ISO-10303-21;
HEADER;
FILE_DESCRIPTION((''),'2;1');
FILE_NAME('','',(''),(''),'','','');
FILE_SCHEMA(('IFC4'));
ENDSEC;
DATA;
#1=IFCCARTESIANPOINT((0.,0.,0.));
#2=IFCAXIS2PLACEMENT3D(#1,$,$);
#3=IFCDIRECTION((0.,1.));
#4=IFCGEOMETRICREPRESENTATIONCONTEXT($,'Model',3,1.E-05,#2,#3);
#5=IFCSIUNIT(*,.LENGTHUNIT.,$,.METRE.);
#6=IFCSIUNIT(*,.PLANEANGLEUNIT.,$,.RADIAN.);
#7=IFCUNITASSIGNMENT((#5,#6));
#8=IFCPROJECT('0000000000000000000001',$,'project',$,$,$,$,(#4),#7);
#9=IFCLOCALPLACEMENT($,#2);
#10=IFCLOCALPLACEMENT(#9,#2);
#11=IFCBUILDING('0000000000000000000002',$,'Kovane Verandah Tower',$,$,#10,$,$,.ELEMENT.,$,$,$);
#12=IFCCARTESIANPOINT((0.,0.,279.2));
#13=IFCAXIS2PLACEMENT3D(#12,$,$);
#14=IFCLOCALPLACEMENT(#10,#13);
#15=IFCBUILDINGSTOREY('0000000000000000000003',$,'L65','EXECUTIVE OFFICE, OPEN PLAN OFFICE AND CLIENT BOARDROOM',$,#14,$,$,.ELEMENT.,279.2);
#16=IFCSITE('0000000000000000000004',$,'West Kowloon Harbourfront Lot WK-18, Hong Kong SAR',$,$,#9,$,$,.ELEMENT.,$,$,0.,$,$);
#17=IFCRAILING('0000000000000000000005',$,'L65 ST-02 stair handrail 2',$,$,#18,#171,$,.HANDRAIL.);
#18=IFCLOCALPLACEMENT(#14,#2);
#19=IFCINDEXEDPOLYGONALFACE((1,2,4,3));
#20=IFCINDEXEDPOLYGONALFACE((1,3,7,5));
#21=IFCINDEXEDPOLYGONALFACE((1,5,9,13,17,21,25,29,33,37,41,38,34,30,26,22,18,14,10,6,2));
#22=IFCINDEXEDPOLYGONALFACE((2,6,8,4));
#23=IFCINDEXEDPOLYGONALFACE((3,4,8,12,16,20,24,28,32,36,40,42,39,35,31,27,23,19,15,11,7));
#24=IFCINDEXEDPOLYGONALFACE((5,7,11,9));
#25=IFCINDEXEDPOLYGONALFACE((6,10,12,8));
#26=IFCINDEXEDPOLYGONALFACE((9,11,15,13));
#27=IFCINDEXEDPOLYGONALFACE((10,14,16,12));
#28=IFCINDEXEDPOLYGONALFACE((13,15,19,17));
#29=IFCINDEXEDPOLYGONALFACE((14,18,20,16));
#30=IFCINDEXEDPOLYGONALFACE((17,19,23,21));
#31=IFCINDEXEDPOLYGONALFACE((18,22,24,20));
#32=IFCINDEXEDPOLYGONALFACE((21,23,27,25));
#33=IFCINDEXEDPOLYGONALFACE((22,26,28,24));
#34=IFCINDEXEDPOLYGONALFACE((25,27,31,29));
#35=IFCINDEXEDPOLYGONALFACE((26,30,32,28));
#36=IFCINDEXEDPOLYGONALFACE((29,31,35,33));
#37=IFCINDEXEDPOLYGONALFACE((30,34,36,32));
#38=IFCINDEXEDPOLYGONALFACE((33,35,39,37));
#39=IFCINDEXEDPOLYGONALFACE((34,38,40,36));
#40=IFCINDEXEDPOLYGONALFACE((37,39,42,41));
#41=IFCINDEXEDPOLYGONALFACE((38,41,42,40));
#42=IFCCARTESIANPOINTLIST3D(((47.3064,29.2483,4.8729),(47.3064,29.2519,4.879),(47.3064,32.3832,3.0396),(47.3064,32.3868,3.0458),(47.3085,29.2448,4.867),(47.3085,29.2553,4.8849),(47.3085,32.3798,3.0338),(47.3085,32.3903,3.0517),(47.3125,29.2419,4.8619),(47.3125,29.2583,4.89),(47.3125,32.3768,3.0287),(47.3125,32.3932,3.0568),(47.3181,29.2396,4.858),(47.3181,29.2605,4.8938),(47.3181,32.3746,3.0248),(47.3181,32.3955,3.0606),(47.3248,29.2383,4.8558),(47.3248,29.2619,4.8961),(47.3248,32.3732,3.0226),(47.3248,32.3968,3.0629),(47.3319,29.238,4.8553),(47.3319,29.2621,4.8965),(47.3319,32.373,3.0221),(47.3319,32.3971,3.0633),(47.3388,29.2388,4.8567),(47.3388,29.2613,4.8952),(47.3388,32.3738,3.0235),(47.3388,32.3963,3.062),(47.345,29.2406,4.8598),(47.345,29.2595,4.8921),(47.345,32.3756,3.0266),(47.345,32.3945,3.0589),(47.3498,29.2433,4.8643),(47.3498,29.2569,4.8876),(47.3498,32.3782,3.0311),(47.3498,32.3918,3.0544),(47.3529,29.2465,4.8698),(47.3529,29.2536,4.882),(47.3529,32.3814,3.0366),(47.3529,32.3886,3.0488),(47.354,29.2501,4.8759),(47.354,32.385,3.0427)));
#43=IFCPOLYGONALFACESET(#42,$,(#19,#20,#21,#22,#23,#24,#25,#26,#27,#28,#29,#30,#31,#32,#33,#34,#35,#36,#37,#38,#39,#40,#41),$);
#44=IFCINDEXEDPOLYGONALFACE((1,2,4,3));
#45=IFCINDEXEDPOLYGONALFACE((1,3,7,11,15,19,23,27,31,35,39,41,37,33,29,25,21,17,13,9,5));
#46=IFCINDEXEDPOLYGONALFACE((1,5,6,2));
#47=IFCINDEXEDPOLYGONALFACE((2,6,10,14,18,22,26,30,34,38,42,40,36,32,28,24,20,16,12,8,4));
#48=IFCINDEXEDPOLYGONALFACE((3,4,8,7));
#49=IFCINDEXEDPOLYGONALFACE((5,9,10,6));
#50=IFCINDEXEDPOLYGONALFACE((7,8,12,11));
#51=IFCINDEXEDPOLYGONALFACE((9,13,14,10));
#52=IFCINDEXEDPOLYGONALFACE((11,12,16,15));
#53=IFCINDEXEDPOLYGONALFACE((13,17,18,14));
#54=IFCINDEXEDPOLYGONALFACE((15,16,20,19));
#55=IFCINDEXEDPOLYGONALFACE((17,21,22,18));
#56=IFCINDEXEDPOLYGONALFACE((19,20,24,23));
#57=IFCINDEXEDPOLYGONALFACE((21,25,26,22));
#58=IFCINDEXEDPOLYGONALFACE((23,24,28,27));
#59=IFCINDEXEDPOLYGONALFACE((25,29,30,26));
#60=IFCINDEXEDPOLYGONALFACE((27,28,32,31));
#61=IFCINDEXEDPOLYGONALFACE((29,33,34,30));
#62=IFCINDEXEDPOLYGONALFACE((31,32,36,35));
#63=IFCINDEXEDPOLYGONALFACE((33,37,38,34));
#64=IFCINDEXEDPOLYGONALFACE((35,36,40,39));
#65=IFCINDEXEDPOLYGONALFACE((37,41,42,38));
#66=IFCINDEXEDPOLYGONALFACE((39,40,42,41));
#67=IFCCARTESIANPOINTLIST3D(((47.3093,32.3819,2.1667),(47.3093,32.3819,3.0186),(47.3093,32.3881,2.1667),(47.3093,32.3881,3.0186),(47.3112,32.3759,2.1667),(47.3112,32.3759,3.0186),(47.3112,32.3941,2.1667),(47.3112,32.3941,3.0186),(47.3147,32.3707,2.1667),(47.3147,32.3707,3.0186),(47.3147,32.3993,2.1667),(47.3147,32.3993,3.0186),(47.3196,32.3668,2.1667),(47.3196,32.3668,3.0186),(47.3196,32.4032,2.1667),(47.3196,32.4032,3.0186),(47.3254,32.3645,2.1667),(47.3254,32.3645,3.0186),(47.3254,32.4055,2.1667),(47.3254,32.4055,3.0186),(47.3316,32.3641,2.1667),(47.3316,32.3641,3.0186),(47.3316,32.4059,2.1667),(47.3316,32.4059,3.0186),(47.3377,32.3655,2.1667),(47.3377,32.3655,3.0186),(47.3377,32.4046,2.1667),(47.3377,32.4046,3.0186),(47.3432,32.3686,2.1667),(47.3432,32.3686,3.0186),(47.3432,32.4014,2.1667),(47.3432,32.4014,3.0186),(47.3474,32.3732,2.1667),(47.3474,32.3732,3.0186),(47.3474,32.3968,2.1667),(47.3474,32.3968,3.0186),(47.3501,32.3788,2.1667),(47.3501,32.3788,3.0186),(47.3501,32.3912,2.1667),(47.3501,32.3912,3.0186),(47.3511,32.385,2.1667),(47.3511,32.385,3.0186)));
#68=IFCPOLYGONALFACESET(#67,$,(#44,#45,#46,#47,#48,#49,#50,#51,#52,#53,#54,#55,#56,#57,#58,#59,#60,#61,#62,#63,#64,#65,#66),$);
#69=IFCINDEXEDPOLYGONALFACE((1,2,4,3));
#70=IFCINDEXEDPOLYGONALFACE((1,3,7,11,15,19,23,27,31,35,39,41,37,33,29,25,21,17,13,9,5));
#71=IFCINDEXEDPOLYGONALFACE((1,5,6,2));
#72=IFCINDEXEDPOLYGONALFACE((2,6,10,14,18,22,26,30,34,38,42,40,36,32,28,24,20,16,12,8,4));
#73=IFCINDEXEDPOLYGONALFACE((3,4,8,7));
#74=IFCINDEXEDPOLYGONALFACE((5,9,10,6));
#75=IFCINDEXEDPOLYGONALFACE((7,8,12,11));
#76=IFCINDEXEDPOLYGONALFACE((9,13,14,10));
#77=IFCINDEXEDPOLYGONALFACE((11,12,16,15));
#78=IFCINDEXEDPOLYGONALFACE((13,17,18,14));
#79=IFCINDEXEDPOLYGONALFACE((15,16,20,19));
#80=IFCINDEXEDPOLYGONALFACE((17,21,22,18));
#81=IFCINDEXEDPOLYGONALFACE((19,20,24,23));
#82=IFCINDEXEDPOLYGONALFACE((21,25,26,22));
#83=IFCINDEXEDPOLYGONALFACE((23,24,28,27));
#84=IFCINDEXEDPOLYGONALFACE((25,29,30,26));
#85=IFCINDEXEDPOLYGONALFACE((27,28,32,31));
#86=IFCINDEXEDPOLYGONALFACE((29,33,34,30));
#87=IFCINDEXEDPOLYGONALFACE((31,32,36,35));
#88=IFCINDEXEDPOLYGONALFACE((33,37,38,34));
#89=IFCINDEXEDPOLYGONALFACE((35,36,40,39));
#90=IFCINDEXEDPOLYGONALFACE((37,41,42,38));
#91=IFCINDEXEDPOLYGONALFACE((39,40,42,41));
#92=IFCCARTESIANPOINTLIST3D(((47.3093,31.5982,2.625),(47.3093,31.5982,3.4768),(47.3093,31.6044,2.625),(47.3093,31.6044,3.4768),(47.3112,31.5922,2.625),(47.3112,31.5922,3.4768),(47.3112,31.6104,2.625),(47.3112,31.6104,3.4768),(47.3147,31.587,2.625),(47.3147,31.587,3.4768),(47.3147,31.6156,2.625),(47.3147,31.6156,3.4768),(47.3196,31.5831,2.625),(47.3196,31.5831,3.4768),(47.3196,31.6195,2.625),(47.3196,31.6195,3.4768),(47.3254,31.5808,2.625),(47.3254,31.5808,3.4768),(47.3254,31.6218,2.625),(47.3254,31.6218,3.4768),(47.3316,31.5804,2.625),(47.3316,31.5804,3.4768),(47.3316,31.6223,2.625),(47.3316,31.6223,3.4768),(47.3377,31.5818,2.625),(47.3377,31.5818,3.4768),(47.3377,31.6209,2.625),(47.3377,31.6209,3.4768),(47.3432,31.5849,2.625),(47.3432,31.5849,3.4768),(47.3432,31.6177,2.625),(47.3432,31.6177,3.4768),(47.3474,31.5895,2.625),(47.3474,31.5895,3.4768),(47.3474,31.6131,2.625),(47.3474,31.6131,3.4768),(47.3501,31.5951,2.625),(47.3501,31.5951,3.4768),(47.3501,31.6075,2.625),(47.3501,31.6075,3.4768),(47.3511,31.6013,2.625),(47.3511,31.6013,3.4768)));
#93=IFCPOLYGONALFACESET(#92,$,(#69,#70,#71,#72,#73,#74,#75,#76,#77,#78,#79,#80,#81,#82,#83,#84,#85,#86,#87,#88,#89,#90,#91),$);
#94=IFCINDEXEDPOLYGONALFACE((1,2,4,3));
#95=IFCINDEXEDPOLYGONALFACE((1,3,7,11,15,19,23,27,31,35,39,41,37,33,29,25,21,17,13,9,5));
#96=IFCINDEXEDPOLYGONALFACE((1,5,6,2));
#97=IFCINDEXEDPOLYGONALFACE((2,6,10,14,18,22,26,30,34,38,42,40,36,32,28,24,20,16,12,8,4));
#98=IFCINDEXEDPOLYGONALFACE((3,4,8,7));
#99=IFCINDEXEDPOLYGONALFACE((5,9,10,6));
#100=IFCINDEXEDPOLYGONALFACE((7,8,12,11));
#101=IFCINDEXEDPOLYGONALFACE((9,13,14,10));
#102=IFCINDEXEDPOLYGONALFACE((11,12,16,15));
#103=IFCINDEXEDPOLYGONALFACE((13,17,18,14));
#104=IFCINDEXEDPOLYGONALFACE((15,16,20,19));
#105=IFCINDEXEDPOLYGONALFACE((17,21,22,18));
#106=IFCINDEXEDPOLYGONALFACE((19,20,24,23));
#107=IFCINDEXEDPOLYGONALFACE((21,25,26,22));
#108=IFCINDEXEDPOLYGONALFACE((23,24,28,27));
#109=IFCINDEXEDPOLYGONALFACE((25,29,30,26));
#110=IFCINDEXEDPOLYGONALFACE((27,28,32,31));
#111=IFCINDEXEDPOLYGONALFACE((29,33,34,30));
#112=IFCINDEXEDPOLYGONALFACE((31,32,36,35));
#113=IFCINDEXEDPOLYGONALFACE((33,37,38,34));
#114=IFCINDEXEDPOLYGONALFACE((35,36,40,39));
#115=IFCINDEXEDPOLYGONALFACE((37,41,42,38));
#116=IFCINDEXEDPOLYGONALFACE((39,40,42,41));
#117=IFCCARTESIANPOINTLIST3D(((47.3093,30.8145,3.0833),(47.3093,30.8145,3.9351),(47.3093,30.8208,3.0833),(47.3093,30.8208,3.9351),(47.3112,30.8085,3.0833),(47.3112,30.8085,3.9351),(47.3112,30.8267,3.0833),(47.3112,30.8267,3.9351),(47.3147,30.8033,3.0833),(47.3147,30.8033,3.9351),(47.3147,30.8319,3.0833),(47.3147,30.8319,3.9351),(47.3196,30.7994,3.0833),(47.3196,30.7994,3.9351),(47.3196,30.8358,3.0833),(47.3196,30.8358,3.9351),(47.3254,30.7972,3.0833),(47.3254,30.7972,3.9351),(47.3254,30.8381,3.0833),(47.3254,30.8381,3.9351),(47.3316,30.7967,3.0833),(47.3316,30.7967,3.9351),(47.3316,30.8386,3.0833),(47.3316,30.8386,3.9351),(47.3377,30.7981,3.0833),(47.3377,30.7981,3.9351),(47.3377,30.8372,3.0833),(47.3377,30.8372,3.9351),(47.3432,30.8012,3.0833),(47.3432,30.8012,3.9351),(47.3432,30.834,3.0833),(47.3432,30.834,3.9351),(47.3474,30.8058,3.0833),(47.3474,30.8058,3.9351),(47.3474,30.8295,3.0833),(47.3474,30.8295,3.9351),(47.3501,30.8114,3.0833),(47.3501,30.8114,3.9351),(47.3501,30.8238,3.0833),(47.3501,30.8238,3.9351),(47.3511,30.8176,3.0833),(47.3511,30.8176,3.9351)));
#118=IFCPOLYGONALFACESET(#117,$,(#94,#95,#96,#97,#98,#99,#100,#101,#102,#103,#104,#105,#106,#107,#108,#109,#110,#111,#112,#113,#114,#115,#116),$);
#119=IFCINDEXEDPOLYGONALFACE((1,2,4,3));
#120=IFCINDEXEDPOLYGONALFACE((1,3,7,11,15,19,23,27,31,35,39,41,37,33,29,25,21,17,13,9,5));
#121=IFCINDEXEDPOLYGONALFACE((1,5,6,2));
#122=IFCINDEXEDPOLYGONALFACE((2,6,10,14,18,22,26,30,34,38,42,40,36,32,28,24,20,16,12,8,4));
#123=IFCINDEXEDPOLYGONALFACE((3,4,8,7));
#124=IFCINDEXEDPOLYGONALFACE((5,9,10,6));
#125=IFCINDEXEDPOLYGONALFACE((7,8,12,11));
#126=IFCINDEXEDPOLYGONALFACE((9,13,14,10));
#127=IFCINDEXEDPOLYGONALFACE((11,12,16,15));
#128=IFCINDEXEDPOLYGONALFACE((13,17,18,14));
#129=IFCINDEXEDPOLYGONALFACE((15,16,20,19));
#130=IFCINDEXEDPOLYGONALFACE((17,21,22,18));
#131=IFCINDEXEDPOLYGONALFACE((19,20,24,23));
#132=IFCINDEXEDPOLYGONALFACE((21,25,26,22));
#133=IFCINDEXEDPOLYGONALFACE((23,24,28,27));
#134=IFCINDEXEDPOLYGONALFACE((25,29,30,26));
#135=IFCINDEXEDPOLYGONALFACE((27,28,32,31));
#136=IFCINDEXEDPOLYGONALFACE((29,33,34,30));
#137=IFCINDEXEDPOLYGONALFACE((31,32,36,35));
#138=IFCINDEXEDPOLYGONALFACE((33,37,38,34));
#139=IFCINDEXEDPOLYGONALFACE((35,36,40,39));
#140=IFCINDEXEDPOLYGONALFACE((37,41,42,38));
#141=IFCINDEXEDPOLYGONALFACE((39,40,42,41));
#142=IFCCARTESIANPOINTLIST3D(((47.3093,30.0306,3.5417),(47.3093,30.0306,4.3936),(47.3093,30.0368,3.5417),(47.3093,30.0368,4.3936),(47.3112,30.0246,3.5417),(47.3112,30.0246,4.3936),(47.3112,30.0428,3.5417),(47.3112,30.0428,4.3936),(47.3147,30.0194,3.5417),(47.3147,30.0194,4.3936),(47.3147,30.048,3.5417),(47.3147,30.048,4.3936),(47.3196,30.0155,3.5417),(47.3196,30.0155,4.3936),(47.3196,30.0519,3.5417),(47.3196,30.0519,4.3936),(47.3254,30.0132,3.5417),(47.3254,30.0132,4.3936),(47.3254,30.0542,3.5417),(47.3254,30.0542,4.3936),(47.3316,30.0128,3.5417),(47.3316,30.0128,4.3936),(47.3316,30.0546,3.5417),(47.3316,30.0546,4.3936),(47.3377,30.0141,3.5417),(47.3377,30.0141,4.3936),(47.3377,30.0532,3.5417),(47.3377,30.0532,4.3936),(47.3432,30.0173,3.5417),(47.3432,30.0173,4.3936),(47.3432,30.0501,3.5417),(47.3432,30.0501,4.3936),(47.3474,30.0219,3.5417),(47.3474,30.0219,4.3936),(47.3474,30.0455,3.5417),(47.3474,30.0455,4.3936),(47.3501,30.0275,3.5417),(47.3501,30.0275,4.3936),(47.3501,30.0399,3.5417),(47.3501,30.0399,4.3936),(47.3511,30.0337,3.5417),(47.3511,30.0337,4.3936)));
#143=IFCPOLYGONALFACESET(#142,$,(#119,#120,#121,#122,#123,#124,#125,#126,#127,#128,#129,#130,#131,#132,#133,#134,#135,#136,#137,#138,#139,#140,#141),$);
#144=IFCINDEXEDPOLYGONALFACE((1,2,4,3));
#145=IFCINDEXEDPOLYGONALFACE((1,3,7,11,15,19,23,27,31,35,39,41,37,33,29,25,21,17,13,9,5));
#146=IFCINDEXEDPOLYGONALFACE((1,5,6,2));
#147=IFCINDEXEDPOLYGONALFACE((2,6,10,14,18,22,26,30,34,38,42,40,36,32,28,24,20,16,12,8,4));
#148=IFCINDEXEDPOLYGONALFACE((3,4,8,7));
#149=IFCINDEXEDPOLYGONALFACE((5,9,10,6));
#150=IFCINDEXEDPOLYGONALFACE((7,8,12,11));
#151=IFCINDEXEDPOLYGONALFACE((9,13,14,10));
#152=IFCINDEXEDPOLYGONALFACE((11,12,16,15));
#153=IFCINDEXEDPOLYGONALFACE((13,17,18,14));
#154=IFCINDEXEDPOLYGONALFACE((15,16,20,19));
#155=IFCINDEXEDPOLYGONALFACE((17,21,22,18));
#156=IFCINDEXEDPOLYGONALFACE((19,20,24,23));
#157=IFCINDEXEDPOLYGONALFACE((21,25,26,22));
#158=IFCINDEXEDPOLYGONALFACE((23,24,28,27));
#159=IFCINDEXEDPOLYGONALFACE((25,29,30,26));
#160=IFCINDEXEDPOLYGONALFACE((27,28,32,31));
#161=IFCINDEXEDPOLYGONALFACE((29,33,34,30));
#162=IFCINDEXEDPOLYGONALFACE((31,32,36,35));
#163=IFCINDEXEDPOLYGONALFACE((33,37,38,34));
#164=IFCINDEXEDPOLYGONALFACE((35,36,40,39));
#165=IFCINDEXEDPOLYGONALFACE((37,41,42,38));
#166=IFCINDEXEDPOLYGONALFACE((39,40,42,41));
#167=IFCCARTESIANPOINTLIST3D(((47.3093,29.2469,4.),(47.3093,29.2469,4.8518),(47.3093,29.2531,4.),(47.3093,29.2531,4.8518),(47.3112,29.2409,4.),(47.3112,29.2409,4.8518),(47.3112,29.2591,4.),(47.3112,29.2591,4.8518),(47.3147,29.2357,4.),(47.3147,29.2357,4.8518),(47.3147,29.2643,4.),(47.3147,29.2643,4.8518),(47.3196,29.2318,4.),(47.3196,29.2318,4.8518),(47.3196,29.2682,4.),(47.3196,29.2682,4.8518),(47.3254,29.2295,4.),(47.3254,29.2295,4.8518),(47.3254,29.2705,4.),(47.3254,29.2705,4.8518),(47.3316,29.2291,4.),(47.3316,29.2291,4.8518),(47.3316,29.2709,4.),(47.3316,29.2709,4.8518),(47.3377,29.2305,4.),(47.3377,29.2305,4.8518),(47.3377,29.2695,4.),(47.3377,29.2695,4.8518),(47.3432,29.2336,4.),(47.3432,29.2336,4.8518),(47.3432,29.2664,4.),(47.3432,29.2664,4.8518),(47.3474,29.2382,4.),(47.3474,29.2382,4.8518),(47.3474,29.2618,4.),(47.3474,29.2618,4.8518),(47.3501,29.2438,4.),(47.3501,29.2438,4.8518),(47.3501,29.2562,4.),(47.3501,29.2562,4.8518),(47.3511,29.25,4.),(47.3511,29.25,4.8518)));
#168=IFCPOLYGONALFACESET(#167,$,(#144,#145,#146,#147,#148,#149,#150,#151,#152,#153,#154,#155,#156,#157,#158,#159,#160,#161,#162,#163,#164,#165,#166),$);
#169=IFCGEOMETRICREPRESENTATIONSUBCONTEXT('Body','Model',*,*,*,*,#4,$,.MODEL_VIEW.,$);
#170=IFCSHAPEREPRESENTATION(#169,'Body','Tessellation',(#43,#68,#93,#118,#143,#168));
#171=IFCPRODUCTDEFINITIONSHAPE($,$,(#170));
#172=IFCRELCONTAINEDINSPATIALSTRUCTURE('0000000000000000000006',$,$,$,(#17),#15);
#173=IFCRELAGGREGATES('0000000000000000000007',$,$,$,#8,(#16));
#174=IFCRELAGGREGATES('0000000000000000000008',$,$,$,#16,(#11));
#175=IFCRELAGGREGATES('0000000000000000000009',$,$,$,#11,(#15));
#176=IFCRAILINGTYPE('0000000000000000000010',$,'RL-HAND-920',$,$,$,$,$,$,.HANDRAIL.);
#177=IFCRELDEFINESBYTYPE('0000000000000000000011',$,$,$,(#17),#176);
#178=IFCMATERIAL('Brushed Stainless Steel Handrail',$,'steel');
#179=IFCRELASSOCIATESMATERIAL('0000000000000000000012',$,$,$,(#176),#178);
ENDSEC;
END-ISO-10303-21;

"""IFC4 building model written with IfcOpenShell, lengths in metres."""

from ifc_helpers import new_model, si_unit, direction, frame, origin, origin_2d, place, context, subcontext, project, spatial, circle, extrude, material, type_object, element, save


model = new_model("IFC4")

# Units and contexts
model_context = context("Model", 3, precision=1e-05, world=origin(), true_north=direction((0.0, 1.0)))
body_context = subcontext(model_context, "Body", "Model", "MODEL_VIEW")
ifc_project = project(units=[si_unit("LENGTHUNIT", "METRE"), si_unit("PLANEANGLEUNIT", "RADIAN")], contexts=[model_context])

# Site, building, storey
site_placement = place(None, origin())
site = spatial("IfcSite", under=ifc_project, at=site_placement, Name="West Kowloon Harbourfront Lot WK-18, Hong Kong SAR", CompositionType="ELEMENT", RefElevation=0.0)
building_placement = place(site_placement, origin())
building = spatial("IfcBuilding", under=site, at=building_placement, Name="Kovane Verandah Tower", CompositionType="ELEMENT")
storey_placement = place(building_placement, frame((0.0, 0.0, 279.2)))
storey = spatial("IfcBuildingStorey", under=building, at=storey_placement, Name="L65", Description="EXECUTIVE OFFICE, OPEN PLAN OFFICE AND CLIENT BOARDROOM", CompositionType="ELEMENT", Elevation=279.2)

# Railing
ifc_material_1 = material(Name="Brushed Stainless Steel Handrail", Category="steel")
railing_type_1 = type_object("IfcRailingType", Name="RL-HAND-920", PredefinedType="HANDRAIL", material=ifc_material_1)
for number, where, name in (
    (1, (47.3301, 32.385, 2.1667), "L65 ST-02 stair handrail 2"),
):
    element("IfcRailing", number, at=place(storey_placement, frame(where)), inside=storey, type_object=railing_type_1, Name=name, PredefinedType="HANDRAIL", context=body_context, shape_type="SweptSolid", body=[
        extrude(circle(Radius=0.0239, at=origin_2d()), frame((0.0, 0.0, 0.876), z_axis=(0.0, -0.86324, 0.504794), x_axis=(1.0, 0.0, 0.0)), (0.0, 0.0, 1.0), 3.6316),
        extrude(circle(Radius=0.021, at=origin_2d()), origin(), (0.0, 0.0, 1.0), 0.8518),
        extrude(circle(Radius=0.021, at=origin_2d()), frame((0.0, -0.7837, 0.4583)), (0.0, 0.0, 1.0), 0.8518),
        extrude(circle(Radius=0.021, at=origin_2d()), frame((0.0, -1.5674, 0.9165)), (0.0, 0.0, 1.0), 0.8518),
        extrude(circle(Radius=0.021, at=origin_2d()), frame((0.0, -2.3513, 1.375)), (0.0, 0.0, 1.0), 0.8518),
        extrude(circle(Radius=0.021, at=origin_2d()), frame((0.0, -3.135, 1.8333)), (0.0, 0.0, 1.0), 0.8518),
    ])

save(model, "model.ifc")
